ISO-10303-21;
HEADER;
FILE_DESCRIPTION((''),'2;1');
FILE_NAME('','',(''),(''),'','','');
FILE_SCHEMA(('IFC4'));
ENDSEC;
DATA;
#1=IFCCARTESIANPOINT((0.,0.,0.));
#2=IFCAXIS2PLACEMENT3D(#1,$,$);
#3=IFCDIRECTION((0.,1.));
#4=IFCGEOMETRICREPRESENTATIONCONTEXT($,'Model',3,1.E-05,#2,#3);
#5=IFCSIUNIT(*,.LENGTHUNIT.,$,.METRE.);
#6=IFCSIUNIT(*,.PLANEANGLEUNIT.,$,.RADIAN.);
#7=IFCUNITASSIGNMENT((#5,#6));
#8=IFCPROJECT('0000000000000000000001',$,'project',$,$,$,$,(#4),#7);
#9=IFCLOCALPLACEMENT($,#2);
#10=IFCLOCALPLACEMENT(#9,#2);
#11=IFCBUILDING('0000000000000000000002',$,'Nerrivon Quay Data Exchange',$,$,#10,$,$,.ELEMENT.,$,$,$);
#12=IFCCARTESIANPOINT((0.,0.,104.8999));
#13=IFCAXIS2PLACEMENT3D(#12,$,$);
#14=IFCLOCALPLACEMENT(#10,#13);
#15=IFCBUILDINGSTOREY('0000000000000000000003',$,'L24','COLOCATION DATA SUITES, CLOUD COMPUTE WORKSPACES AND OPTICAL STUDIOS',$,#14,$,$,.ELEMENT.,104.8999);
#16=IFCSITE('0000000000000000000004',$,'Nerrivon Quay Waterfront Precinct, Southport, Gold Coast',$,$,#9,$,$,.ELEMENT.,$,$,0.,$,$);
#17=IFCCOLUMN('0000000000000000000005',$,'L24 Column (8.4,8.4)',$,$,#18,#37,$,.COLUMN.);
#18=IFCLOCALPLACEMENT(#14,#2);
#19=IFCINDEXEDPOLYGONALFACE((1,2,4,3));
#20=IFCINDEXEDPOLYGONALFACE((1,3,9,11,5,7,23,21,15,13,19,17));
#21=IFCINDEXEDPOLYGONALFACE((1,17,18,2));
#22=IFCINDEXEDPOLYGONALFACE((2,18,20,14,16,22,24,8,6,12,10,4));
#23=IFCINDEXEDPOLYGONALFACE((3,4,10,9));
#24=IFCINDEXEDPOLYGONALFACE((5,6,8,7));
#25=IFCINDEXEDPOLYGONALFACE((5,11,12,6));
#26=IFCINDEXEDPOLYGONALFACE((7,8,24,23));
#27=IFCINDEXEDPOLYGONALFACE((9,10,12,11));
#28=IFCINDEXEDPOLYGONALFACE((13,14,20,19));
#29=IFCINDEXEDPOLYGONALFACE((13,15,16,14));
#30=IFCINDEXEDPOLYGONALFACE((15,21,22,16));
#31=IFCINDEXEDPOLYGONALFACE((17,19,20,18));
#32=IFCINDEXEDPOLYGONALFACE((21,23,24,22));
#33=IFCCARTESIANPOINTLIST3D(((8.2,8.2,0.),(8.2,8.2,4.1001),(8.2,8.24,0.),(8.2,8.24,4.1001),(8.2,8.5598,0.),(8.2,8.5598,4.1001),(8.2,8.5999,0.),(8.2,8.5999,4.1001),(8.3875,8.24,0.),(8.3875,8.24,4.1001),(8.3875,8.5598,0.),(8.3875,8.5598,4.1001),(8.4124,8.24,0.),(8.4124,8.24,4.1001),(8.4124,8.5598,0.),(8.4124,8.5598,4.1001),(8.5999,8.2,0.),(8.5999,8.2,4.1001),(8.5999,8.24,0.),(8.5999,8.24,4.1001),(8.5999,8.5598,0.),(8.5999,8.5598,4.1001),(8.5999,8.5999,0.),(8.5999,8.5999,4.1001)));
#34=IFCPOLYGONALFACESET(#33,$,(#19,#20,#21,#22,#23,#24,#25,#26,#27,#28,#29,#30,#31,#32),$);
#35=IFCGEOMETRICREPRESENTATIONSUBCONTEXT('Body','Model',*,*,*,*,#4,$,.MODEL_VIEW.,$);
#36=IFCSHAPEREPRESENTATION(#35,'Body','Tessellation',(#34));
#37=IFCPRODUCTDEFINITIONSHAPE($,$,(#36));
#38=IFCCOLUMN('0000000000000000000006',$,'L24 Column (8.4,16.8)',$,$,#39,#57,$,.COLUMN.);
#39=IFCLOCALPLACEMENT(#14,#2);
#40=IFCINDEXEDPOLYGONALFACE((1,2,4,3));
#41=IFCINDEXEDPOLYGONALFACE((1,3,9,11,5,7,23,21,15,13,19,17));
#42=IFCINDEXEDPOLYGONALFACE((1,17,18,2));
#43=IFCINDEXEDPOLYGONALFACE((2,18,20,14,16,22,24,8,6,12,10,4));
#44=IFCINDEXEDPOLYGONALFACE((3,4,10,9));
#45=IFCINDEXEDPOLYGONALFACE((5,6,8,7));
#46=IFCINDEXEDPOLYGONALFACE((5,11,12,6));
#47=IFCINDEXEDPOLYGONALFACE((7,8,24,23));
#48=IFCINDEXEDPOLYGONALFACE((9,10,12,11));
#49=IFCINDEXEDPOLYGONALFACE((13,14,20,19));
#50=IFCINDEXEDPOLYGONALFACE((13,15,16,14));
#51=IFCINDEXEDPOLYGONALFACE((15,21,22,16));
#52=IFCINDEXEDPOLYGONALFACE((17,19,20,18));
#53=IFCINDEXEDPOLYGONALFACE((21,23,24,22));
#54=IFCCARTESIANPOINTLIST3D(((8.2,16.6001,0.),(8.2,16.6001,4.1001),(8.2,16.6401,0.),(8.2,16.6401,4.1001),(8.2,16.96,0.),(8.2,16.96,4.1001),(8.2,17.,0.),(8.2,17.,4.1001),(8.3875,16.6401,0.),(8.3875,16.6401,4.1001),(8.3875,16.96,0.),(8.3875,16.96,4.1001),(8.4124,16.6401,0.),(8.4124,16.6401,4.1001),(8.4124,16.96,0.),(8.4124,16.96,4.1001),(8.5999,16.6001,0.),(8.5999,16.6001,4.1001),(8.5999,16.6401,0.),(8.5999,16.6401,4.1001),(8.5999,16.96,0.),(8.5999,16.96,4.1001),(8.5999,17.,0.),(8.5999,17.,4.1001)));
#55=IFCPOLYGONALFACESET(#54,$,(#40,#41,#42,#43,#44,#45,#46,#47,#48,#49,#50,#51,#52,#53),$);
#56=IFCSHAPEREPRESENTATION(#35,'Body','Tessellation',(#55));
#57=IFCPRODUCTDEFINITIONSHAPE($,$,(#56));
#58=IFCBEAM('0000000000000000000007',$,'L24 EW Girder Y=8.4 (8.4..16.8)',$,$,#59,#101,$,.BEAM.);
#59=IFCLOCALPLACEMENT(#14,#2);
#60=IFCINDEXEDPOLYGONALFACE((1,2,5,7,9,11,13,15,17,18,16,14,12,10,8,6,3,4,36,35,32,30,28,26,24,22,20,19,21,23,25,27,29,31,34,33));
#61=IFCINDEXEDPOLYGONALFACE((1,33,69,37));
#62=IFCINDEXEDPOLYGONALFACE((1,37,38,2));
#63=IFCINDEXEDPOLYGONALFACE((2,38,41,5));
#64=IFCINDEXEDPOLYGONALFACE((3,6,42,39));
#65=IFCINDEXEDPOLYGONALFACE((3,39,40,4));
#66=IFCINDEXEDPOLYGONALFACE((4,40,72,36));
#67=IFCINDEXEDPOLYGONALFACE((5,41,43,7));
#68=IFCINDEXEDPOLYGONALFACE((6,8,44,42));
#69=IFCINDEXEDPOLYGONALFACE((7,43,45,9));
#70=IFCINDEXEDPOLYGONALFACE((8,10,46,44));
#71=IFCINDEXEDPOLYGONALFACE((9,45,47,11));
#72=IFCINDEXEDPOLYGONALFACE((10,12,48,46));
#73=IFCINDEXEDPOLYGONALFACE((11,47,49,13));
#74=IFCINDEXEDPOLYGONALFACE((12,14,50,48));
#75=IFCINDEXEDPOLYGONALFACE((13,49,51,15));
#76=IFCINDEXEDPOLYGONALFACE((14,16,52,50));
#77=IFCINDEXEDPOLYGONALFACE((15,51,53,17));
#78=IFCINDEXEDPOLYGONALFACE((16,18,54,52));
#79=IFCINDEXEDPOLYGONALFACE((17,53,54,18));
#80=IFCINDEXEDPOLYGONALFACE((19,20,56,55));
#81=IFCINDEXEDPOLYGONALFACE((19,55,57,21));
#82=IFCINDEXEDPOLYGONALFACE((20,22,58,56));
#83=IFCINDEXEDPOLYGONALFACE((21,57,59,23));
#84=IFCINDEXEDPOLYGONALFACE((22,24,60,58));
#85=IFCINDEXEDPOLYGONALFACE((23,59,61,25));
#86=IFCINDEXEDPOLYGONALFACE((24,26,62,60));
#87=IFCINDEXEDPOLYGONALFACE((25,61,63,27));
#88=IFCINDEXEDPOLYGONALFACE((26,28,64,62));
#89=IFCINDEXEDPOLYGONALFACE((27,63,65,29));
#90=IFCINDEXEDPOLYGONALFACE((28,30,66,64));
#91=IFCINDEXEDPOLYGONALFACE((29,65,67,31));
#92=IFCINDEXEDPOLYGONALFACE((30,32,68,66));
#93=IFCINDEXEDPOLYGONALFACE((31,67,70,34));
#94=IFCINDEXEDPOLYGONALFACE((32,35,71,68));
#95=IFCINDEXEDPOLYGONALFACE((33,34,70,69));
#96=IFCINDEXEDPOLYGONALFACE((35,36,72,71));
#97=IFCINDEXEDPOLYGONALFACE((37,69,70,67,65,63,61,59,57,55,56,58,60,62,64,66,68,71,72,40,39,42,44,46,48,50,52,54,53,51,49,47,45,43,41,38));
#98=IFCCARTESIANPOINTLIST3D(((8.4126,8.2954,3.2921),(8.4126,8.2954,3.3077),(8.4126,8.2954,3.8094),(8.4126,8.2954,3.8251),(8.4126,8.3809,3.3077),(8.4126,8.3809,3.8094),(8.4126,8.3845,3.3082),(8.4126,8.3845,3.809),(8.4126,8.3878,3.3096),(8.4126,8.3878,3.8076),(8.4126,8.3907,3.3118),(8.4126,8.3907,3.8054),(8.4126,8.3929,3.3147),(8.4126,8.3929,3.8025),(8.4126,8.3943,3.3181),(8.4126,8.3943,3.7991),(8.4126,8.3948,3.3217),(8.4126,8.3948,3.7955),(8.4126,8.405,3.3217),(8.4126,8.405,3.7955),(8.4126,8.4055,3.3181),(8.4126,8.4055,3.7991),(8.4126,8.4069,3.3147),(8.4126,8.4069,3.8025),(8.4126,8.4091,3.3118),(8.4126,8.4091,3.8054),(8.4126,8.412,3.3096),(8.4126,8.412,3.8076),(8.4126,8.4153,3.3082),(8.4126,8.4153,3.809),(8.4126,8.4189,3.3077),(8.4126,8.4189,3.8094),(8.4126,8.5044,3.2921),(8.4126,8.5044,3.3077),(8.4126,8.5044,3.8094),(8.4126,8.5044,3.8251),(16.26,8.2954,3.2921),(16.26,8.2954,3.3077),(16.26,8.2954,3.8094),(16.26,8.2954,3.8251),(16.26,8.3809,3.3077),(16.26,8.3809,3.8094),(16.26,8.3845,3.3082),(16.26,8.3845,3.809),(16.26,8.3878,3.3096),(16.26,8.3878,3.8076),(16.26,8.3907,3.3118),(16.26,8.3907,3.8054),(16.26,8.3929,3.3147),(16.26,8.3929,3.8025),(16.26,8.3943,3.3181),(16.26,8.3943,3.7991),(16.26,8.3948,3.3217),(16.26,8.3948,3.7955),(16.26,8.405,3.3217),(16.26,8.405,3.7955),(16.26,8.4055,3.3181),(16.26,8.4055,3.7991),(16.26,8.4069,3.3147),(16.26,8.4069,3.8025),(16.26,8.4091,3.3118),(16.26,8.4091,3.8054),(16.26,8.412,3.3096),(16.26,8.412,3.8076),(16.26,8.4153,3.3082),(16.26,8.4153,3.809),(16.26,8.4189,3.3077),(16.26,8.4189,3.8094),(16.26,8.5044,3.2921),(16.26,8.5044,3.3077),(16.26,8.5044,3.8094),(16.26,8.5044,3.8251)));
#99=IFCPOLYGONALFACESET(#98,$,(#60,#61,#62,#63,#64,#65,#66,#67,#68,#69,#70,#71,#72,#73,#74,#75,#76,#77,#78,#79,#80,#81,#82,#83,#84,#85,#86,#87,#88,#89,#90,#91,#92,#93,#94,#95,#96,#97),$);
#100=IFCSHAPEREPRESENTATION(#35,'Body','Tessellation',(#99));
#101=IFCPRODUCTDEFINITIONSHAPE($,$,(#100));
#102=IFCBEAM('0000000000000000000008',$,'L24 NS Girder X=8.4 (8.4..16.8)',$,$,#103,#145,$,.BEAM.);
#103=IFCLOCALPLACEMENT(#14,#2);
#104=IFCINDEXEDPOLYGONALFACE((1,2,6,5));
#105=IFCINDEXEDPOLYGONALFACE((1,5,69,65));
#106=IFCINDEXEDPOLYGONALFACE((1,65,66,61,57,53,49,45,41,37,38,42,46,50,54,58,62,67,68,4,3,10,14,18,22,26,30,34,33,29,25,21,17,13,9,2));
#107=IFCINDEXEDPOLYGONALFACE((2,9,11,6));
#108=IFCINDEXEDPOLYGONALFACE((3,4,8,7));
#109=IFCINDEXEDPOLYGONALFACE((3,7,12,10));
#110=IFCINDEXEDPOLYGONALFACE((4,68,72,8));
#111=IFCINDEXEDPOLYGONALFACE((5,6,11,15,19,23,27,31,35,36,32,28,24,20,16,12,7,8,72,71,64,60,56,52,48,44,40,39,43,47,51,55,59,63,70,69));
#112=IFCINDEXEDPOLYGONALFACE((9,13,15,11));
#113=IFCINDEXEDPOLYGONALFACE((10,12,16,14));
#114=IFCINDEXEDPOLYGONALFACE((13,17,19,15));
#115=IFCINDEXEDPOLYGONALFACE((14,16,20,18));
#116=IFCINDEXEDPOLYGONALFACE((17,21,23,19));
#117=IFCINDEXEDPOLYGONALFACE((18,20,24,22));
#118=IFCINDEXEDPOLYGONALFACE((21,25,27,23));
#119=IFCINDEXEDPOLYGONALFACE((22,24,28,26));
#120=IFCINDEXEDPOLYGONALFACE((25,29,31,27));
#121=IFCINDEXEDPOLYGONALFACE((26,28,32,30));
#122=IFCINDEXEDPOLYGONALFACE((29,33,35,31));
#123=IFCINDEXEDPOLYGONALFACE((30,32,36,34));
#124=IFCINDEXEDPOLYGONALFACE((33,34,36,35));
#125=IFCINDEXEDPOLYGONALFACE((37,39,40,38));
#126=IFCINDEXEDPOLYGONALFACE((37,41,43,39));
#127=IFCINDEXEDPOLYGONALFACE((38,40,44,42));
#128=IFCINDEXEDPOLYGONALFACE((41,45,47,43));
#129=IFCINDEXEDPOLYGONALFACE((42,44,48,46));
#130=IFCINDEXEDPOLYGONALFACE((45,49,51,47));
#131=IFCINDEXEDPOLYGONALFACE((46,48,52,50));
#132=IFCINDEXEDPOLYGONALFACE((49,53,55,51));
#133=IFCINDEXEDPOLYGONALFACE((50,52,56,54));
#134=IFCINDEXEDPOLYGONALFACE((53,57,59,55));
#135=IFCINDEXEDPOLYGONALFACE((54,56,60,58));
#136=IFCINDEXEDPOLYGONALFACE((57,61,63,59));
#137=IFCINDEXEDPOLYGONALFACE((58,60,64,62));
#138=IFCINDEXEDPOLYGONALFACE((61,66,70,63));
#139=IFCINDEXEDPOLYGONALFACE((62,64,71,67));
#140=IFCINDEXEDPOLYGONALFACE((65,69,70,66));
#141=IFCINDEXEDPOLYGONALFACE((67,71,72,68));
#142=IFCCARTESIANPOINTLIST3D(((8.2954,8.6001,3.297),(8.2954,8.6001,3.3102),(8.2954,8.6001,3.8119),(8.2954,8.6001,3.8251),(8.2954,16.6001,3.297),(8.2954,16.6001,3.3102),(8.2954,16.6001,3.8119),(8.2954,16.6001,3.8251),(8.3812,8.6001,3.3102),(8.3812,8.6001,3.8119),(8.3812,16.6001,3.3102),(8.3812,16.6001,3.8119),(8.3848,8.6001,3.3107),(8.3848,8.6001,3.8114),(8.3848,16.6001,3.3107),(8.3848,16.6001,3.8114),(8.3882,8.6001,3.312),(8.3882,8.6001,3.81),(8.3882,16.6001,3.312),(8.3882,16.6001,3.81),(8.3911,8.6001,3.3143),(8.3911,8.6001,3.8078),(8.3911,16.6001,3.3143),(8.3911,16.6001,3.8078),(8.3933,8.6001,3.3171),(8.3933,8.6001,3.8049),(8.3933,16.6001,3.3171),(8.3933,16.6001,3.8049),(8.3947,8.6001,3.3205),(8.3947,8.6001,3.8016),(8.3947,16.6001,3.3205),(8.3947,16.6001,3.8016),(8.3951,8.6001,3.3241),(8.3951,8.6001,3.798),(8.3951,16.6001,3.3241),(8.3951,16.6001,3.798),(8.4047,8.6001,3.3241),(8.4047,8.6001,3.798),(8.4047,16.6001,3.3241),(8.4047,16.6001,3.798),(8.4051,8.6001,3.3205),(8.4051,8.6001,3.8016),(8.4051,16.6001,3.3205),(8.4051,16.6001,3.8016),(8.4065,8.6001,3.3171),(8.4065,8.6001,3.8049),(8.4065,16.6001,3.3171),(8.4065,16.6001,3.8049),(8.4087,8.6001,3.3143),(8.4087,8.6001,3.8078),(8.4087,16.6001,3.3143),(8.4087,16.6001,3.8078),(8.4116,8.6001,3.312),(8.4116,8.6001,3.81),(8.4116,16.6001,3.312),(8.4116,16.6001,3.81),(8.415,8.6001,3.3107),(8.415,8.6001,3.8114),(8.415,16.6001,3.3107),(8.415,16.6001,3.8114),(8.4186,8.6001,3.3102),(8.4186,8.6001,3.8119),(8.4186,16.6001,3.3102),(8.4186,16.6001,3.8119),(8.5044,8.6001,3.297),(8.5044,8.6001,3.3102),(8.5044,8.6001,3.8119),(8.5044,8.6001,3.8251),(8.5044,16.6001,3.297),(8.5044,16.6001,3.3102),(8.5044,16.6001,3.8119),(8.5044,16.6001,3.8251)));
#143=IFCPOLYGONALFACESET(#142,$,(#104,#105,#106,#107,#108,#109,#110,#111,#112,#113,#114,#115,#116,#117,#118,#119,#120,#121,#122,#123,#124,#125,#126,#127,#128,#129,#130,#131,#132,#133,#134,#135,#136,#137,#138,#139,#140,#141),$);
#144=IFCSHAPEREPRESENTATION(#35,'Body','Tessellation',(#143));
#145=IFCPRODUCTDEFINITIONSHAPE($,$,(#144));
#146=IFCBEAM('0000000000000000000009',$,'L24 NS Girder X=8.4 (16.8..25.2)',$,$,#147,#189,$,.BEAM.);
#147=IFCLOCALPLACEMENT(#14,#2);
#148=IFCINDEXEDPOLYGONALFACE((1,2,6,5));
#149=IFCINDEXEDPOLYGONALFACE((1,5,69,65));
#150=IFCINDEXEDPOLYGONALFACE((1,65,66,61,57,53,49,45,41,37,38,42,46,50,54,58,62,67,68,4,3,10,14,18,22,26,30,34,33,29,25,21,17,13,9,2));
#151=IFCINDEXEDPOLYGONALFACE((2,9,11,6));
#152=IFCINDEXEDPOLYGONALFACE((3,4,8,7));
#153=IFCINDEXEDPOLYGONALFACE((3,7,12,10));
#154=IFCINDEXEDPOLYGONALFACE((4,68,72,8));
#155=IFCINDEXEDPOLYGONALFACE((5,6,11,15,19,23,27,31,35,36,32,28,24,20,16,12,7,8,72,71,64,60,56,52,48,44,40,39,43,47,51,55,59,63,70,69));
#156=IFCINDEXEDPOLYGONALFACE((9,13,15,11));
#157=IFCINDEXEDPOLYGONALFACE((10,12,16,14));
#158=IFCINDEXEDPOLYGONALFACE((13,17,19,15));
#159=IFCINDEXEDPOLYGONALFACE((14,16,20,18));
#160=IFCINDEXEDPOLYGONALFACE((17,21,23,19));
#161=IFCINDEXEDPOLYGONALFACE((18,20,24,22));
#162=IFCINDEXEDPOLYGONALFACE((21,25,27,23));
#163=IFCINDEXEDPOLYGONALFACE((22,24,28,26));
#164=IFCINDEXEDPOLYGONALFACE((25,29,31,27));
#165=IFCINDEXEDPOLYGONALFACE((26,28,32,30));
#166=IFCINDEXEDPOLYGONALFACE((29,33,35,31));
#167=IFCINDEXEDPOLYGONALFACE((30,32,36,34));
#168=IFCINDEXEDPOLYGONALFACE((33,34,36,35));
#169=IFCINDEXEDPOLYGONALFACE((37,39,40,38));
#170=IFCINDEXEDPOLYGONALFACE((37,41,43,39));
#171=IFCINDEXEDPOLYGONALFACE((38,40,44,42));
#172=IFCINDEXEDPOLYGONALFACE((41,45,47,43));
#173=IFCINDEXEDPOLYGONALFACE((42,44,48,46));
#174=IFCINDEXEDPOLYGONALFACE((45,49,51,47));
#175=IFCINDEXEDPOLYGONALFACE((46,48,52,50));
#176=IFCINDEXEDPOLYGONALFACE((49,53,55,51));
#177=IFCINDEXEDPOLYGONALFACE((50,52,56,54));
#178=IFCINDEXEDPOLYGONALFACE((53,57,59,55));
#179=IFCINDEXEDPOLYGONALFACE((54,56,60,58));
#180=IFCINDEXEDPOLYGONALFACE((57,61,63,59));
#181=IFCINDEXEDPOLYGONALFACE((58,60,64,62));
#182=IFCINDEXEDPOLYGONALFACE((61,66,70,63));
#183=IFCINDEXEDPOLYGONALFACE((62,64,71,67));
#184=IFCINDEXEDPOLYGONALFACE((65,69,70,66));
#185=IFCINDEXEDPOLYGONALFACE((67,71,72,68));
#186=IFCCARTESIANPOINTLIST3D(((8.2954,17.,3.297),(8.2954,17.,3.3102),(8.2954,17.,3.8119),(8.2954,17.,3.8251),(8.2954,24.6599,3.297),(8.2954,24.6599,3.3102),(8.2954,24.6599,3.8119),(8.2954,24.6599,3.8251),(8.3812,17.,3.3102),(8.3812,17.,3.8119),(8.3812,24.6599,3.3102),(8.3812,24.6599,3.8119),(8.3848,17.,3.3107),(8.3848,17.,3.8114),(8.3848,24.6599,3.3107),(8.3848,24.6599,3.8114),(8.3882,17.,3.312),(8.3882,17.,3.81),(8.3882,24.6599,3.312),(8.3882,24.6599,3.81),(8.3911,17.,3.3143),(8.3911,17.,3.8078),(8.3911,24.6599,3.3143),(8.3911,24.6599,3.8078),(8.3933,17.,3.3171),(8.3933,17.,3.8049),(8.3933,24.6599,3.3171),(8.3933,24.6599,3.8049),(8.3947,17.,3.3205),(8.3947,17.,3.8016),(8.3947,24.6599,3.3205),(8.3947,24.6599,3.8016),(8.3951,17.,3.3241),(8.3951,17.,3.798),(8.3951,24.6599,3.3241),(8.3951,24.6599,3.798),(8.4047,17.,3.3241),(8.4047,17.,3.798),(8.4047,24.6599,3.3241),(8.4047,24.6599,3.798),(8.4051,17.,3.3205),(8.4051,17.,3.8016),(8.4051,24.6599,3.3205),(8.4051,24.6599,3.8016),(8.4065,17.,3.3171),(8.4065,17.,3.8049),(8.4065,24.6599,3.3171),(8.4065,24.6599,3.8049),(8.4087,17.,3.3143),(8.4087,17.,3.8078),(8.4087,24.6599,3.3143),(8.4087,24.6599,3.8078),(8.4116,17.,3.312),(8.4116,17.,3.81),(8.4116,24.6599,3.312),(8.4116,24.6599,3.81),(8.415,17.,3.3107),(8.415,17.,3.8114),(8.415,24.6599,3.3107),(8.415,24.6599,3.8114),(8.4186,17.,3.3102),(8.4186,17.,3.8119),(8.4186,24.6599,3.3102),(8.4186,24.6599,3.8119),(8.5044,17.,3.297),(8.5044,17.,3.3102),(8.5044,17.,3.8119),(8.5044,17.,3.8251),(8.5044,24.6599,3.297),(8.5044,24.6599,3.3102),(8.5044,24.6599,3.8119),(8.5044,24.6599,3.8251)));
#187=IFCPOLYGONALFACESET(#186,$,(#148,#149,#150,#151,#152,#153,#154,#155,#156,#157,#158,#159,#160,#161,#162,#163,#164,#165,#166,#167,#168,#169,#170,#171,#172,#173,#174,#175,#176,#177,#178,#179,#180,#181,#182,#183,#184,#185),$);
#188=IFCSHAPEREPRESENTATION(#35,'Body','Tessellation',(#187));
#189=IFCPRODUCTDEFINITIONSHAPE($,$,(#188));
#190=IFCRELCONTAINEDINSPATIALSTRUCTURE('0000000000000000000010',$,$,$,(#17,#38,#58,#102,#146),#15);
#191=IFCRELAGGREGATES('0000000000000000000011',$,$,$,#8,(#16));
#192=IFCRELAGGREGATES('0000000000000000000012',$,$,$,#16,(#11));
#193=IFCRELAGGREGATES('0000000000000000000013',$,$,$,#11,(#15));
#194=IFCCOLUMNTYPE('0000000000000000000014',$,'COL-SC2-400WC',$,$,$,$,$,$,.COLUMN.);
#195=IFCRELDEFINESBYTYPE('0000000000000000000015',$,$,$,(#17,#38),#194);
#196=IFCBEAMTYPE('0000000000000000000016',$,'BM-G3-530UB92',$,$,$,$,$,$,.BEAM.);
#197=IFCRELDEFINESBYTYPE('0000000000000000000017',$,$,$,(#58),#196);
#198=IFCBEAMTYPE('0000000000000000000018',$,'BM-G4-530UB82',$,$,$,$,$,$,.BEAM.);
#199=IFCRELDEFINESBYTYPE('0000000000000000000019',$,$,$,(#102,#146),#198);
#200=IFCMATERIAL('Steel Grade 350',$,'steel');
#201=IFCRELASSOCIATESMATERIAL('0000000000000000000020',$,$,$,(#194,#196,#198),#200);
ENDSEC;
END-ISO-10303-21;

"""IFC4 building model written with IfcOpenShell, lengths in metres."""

from ifc_helpers import new_model, si_unit, direction, frame, origin, origin_2d, place, context, subcontext, project, spatial, i_section, extrude, material, material_profile, profile_set, type_object, element, save


model = new_model("IFC4")

# Units and contexts
model_context = context("Model", 3, precision=1e-05, world=origin(), true_north=direction((0.0, 1.0)))
body_context = subcontext(model_context, "Body", "Model", "MODEL_VIEW")
ifc_project = project(units=[si_unit("LENGTHUNIT", "METRE"), si_unit("PLANEANGLEUNIT", "RADIAN")], contexts=[model_context])

# Site, building, storey
site_placement = place(None, origin())
site = spatial("IfcSite", under=ifc_project, at=site_placement, Name="Nerrivon Quay Waterfront Precinct, Southport, Gold Coast", CompositionType="ELEMENT", RefElevation=0.0)
building_placement = place(site_placement, origin())
building = spatial("IfcBuilding", under=site, at=building_placement, Name="Nerrivon Quay Data Exchange", CompositionType="ELEMENT")
storey_placement = place(building_placement, frame((0.0, 0.0, 104.8999)))
storey = spatial("IfcBuildingStorey", under=building, at=storey_placement, Name="L24", Description="COLOCATION DATA SUITES, CLOUD COMPUTE WORKSPACES AND OPTICAL STUDIOS", CompositionType="ELEMENT", Elevation=104.8999)

# Columns
ifc_material_1 = material(Name="Steel Grade 350", Category="steel")
ifc_material_profile_1 = material_profile(ifc_material_1, i_section(OverallWidth=0.3999, OverallDepth=0.3999, WebThickness=0.0249, FlangeThickness=0.04, at=origin_2d()), Name="400WC328")
ifc_profile_set_1 = profile_set([ifc_material_profile_1], Name="Steel Grade 350")
column_type = type_object("IfcColumnType", Name="COL-SC2-400WC", PredefinedType="COLUMN", material=ifc_profile_set_1)
for number, where, z_axis, x_axis, name in (
    (1, (8.3999, 8.3999, 0.0), (0.0, 0.0, 1.0), (1.0, 0.0, 0.0), "L24 Column (8.4,8.4)"),
    (2, (8.3999, 16.8, 0.0), (0.0, 0.0, 1.0), (1.0, 0.0, 0.0), "L24 Column (8.4,16.8)"),
):
    element("IfcColumn", number, at=place(storey_placement, frame(where, z_axis=z_axis, x_axis=x_axis)), inside=storey, type_object=column_type, Name=name, PredefinedType="COLUMN", context=body_context, shape_type="SweptSolid", body=[
        extrude(i_section(OverallWidth=0.3999, OverallDepth=0.3999, WebThickness=0.0249, FlangeThickness=0.04, at=origin_2d()), origin(), (0.0, 0.0, 1.0), 4.1001),
    ])

# Beams
ifc_material_profile_2 = material_profile(ifc_material_1, i_section(OverallWidth=0.209, OverallDepth=0.533, WebThickness=0.0103, FlangeThickness=0.0156, FilletRadius=0.0139, at=origin_2d()), Name="530UB92.4")
ifc_profile_set_2 = profile_set([ifc_material_profile_2], Name="Steel Grade 350")
beam_type_1 = type_object("IfcBeamType", Name="BM-G3-530UB92", PredefinedType="BEAM", material=ifc_profile_set_2)
beam_1_placement = place(storey_placement, frame((8.4126, 8.3999, 3.5586), z_axis=(1.0, 0.0, 0.0), x_axis=(0.0, 1.0, 0.0)))
element("IfcBeam", 3, at=beam_1_placement, inside=storey, type_object=beam_type_1, Name="L24 EW Girder Y=8.4 (8.4..16.8)", PredefinedType="BEAM", context=body_context, shape_type="SweptSolid", body=[
    extrude(i_section(OverallWidth=0.209, OverallDepth=0.533, WebThickness=0.0103, FlangeThickness=0.0156, FilletRadius=0.0139, at=origin_2d()), origin(), (0.0, 0.0, 1.0), 7.8474),
])
ifc_material_profile_3 = material_profile(ifc_material_1, i_section(OverallWidth=0.209, OverallDepth=0.5281, WebThickness=0.0095, FlangeThickness=0.0132, FilletRadius=0.0139, at=origin_2d()), Name="530UB82.0")
ifc_profile_set_3 = profile_set([ifc_material_profile_3], Name="Steel Grade 350")
beam_type_2 = type_object("IfcBeamType", Name="BM-G4-530UB82", PredefinedType="BEAM", material=ifc_profile_set_3)
beam_2_placement = place(storey_placement, frame((8.3999, 8.6001, 3.561), z_axis=(0.0, 1.0, 0.0), x_axis=(-1.0, 0.0, 0.0)))
element("IfcBeam", 4, at=beam_2_placement, inside=storey, type_object=beam_type_2, Name="L24 NS Girder X=8.4 (8.4..16.8)", PredefinedType="BEAM", context=body_context, shape_type="SweptSolid", body=[
    extrude(i_section(OverallWidth=0.209, OverallDepth=0.5281, WebThickness=0.0095, FlangeThickness=0.0132, FilletRadius=0.0139, at=origin_2d()), origin(), (0.0, 0.0, 1.0), 8.0),
])
beam_3_placement = place(storey_placement, frame((8.3999, 17.0, 3.561), z_axis=(0.0, 1.0, 0.0), x_axis=(-1.0, 0.0, 0.0)))
element("IfcBeam", 5, at=beam_3_placement, inside=storey, type_object=beam_type_2, Name="L24 NS Girder X=8.4 (16.8..25.2)", PredefinedType="BEAM", context=body_context, shape_type="SweptSolid", body=[
    extrude(i_section(OverallWidth=0.209, OverallDepth=0.5281, WebThickness=0.0095, FlangeThickness=0.0132, FilletRadius=0.0139, at=origin_2d()), origin(), (0.0, 0.0, 1.0), 7.6599),
])

save(model, "model.ifc")
